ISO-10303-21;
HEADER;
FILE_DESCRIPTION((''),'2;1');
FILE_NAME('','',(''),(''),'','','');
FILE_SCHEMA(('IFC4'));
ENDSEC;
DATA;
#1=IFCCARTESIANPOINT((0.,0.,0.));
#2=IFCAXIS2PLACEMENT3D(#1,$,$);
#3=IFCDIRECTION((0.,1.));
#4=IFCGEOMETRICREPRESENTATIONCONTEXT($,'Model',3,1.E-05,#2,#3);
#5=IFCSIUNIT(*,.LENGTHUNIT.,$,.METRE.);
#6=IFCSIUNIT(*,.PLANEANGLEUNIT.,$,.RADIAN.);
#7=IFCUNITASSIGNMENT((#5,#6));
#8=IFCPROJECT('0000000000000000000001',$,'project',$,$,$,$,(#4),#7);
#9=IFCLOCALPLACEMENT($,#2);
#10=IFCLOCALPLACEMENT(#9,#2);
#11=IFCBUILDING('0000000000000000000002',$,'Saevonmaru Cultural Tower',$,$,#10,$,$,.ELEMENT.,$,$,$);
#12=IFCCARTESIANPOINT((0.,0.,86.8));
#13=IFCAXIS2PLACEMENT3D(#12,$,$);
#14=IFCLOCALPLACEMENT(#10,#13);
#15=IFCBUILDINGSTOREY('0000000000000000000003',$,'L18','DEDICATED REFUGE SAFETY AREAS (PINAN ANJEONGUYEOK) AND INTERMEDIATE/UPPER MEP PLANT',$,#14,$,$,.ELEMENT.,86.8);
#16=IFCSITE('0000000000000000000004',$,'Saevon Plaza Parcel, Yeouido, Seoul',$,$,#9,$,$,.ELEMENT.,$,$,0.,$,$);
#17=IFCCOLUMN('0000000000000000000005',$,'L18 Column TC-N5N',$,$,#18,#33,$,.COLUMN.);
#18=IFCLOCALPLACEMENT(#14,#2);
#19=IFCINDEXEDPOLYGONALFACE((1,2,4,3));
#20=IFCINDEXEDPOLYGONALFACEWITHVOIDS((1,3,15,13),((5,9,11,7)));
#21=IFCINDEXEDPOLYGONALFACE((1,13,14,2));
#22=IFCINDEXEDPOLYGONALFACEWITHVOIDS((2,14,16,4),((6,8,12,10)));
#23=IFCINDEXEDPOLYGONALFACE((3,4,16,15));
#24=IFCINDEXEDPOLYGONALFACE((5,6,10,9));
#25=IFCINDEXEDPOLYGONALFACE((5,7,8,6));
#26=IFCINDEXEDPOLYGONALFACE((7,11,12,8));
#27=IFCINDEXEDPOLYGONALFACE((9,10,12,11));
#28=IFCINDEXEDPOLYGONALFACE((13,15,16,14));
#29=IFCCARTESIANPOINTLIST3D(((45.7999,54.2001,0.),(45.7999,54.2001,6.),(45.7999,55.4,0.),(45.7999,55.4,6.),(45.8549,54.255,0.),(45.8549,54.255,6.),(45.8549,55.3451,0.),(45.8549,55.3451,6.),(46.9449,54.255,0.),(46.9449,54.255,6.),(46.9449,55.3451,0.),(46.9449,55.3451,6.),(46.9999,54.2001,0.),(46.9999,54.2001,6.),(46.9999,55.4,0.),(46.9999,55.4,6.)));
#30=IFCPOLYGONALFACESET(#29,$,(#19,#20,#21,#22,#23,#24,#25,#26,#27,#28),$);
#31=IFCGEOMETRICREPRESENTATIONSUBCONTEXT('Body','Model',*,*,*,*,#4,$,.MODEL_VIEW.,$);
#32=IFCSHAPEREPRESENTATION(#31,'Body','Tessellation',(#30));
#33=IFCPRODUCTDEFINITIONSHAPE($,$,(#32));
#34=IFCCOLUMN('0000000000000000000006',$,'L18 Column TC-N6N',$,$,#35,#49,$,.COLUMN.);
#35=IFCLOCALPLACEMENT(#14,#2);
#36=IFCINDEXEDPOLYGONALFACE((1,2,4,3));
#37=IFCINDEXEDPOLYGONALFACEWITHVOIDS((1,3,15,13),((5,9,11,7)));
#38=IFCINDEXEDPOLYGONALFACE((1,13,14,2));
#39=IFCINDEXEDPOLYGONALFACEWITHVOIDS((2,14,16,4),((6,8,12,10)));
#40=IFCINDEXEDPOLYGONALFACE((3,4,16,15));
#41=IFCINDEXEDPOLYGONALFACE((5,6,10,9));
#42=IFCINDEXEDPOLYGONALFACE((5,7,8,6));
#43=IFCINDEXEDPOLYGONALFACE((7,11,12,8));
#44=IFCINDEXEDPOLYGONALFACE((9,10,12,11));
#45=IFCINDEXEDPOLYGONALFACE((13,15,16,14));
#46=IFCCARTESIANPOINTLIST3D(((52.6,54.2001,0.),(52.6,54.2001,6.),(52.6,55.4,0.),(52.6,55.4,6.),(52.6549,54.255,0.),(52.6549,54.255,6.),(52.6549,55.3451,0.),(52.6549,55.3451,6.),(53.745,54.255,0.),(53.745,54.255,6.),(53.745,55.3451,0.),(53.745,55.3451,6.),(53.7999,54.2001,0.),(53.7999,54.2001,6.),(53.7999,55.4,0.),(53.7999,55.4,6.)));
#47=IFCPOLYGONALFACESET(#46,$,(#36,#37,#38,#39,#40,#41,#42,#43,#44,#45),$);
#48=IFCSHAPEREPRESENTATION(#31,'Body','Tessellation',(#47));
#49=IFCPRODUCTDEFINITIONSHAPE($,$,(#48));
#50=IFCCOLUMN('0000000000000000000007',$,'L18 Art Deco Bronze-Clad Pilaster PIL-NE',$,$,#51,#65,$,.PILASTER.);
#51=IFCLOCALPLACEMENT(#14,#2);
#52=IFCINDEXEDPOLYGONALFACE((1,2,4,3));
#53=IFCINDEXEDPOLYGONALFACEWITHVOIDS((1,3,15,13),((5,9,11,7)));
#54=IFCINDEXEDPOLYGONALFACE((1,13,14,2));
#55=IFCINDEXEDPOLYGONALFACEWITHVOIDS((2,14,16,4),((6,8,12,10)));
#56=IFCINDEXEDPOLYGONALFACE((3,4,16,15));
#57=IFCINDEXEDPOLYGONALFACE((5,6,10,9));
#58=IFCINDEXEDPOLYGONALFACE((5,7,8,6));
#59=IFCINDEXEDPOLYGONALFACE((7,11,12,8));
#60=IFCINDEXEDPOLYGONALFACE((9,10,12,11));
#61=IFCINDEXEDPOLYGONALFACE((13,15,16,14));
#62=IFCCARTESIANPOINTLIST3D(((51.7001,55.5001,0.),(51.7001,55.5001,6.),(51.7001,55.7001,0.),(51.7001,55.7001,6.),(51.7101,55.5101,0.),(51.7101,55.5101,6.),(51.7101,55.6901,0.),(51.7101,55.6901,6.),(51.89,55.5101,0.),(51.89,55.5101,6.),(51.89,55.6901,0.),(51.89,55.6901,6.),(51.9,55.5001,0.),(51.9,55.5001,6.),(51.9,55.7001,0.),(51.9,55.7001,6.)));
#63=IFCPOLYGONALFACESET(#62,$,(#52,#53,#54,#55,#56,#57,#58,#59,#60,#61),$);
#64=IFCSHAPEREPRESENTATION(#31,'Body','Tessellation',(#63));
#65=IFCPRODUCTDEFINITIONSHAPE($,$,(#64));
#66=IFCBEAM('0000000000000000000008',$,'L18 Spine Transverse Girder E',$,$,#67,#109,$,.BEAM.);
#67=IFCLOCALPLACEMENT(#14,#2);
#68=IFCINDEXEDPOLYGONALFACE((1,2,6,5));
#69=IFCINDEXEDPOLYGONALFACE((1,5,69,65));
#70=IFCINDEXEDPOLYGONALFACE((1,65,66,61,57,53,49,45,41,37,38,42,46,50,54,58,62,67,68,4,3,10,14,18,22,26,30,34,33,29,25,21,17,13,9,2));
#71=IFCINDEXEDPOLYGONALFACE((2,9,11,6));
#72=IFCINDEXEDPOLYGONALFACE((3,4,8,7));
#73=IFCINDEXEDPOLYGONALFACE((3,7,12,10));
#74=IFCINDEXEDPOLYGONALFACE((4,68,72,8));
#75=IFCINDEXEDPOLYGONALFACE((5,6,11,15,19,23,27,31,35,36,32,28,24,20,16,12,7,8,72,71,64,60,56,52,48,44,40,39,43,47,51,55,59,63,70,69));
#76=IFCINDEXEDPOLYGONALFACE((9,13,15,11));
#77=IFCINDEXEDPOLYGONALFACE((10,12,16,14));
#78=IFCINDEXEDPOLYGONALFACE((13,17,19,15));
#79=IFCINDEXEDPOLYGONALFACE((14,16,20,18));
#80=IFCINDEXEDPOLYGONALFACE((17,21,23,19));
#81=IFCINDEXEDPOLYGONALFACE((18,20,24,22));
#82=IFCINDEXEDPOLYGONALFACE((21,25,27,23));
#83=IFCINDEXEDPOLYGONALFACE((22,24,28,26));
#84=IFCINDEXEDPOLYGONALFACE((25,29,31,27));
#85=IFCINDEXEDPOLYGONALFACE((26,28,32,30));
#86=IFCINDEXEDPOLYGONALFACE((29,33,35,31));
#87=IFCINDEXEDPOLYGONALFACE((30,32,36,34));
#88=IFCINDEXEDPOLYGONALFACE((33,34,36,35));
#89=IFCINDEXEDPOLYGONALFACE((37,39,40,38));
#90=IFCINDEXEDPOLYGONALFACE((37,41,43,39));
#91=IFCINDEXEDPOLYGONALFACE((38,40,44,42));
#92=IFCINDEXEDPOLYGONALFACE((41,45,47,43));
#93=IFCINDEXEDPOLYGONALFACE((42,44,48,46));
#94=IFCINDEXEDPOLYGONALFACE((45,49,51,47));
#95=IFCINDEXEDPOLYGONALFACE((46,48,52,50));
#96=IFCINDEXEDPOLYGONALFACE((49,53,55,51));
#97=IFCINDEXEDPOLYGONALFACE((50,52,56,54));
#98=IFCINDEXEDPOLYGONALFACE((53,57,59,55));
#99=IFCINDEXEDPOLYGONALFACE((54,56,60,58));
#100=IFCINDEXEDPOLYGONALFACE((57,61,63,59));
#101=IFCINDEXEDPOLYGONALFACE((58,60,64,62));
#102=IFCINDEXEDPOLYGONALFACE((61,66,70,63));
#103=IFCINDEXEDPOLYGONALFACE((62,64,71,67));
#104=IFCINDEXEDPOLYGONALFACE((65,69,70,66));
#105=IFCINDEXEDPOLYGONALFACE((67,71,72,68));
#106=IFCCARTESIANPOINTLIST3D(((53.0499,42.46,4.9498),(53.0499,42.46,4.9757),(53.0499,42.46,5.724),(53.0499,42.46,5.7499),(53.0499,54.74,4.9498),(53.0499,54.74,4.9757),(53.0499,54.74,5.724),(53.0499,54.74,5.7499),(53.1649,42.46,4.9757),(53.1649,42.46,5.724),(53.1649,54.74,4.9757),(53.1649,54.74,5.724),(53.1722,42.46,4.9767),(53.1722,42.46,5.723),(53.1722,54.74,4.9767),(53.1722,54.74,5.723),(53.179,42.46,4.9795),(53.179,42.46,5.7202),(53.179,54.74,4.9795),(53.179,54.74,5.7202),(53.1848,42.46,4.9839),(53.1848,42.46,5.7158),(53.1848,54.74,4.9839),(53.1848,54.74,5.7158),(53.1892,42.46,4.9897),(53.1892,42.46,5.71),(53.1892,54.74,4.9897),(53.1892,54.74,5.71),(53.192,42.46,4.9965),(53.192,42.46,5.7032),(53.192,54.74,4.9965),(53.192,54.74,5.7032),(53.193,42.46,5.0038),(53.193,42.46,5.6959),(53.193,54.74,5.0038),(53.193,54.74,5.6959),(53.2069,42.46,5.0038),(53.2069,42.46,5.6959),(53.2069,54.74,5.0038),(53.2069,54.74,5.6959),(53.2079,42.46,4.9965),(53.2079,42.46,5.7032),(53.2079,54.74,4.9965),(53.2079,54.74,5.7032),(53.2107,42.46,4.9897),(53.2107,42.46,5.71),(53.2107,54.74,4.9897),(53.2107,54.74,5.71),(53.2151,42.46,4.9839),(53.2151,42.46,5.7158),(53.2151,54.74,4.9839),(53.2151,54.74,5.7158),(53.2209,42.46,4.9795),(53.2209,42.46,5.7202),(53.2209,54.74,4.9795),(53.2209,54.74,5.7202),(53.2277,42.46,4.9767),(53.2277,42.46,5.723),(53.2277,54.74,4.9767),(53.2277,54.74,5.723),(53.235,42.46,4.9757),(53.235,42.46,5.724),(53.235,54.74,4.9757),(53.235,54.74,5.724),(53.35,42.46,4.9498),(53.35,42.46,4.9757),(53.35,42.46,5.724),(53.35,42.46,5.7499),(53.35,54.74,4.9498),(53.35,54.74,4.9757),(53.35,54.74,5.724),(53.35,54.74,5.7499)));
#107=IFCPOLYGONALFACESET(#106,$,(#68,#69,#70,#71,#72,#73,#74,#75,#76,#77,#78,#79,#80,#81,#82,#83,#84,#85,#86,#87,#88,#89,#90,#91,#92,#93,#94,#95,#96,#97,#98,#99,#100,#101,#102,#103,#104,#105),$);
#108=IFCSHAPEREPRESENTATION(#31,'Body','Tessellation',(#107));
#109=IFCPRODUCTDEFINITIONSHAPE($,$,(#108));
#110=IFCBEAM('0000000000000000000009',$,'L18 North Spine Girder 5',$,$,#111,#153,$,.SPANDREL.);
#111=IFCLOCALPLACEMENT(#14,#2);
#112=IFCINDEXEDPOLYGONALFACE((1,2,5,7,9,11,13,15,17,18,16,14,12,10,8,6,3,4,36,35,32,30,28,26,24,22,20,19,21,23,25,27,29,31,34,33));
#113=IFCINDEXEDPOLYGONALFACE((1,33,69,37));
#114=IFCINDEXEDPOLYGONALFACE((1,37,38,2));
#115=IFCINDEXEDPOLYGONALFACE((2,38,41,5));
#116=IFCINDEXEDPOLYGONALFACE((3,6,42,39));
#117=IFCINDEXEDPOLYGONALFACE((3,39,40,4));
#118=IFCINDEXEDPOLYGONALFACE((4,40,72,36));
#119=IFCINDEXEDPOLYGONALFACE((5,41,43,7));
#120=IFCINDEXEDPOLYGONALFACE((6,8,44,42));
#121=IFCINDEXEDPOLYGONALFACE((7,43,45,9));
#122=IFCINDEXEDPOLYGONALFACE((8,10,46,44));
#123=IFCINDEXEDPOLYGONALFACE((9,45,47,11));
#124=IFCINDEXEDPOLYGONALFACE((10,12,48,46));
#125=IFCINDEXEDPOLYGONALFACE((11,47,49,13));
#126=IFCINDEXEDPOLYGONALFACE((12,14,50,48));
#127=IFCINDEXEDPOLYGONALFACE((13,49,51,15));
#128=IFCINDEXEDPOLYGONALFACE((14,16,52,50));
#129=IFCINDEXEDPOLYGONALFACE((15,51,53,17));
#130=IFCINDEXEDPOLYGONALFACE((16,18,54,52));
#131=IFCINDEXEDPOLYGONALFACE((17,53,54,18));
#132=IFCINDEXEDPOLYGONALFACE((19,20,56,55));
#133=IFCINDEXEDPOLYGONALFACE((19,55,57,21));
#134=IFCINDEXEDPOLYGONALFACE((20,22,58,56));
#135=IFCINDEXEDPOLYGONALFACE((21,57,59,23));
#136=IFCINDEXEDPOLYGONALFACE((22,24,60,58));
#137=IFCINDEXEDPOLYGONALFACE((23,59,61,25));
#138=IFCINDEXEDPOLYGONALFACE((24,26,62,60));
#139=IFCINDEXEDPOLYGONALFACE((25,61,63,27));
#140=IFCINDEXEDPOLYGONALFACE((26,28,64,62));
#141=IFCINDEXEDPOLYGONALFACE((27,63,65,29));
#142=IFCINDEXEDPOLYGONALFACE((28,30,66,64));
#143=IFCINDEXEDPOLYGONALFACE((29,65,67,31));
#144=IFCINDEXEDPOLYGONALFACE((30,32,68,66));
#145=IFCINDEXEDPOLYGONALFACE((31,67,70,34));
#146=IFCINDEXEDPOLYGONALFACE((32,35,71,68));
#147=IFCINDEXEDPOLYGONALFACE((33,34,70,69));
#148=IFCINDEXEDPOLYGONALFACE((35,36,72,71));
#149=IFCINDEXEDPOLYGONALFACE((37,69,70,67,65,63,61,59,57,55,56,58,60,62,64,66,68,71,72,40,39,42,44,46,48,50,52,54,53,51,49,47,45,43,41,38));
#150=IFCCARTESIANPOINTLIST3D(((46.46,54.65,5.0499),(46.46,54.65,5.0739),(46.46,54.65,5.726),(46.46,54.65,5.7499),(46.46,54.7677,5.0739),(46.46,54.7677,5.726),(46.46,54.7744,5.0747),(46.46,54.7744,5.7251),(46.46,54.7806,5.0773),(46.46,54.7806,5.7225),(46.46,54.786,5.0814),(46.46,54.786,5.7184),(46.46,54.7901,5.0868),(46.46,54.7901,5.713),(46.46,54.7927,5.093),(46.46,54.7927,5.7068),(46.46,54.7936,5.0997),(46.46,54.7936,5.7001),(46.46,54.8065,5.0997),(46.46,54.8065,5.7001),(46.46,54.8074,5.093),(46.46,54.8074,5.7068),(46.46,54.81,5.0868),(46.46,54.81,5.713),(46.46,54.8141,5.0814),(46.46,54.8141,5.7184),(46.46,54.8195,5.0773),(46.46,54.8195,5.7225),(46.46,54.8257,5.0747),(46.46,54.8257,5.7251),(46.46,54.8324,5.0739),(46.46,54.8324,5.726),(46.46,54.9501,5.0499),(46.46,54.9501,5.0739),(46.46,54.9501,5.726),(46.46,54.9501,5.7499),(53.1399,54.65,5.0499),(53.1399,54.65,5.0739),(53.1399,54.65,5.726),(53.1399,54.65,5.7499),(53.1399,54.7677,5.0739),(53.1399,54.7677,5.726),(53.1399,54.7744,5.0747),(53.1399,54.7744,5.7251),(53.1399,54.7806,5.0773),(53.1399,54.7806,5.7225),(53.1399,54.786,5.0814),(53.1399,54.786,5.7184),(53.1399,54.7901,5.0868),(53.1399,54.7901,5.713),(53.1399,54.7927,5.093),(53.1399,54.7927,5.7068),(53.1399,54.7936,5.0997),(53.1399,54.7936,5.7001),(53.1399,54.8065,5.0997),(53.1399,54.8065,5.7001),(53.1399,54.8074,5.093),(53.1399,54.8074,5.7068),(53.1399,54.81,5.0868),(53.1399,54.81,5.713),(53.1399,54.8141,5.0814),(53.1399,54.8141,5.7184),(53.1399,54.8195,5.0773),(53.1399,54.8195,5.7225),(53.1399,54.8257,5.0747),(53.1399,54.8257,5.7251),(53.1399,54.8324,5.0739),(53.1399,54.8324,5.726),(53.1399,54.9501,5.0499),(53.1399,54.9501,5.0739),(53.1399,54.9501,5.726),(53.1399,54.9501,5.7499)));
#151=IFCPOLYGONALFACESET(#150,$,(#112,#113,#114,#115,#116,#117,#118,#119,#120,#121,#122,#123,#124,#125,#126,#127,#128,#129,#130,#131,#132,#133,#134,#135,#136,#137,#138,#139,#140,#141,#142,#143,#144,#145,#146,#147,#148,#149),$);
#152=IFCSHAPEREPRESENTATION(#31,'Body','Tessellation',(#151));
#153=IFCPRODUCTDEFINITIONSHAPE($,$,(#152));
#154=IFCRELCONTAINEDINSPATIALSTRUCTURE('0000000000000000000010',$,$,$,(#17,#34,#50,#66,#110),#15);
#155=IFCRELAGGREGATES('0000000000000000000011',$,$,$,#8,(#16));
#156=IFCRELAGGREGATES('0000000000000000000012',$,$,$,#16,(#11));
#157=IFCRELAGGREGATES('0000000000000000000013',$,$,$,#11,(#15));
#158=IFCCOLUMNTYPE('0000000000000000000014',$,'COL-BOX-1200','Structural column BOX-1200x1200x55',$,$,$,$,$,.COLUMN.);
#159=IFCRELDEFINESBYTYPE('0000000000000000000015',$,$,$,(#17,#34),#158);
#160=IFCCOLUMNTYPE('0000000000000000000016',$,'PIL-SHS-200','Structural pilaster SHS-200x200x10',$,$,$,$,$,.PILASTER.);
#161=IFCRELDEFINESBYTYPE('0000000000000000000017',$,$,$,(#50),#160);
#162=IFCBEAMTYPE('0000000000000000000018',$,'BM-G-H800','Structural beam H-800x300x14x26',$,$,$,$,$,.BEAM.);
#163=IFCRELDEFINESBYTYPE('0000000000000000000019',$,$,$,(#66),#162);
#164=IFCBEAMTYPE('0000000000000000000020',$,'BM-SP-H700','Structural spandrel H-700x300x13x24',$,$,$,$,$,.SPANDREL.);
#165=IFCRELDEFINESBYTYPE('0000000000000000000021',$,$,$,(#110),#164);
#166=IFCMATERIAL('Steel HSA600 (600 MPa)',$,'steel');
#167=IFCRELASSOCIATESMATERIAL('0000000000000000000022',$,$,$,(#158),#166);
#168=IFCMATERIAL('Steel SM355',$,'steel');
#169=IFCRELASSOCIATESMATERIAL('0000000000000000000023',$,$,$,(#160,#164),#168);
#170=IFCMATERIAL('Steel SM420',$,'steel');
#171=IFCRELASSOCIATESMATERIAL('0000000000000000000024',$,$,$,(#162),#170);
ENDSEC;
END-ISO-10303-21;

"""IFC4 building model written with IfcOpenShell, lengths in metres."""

from ifc_helpers import new_model, si_unit, direction, frame, origin, origin_2d, place, context, subcontext, project, spatial, hollow_rectangle, i_section, extrude, material, material_profile, profile_set, type_object, element, save


model = new_model("IFC4")

# Units and contexts
model_context = context("Model", 3, precision=1e-05, world=origin(), true_north=direction((0.0, 1.0)))
body_context = subcontext(model_context, "Body", "Model", "MODEL_VIEW")
ifc_project = project(units=[si_unit("LENGTHUNIT", "METRE"), si_unit("PLANEANGLEUNIT", "RADIAN")], contexts=[model_context])

# Site, building, storey
site_placement = place(None, origin())
site = spatial("IfcSite", under=ifc_project, at=site_placement, Name="Saevon Plaza Parcel, Yeouido, Seoul", CompositionType="ELEMENT", RefElevation=0.0)
building_placement = place(site_placement, origin())
building = spatial("IfcBuilding", under=site, at=building_placement, Name="Saevonmaru Cultural Tower", CompositionType="ELEMENT")
storey_placement = place(building_placement, frame((0.0, 0.0, 86.8)))
storey = spatial("IfcBuildingStorey", under=building, at=storey_placement, Name="L18", Description="DEDICATED REFUGE SAFETY AREAS (PINAN ANJEONGUYEOK) AND INTERMEDIATE/UPPER MEP PLANT", CompositionType="ELEMENT", Elevation=86.8)

# Columns
ifc_material_1 = material(Name="Steel HSA600 (600 MPa)", Category="steel")
ifc_material_profile_1 = material_profile(ifc_material_1, hollow_rectangle(XDim=1.2, YDim=1.2, WallThickness=0.0549, at=origin_2d()), Name="BOX-1200x1200x55")
ifc_profile_set_1 = profile_set([ifc_material_profile_1], Name="Steel HSA600 (600 MPa)")
column_type_1 = type_object("IfcColumnType", Name="COL-BOX-1200", Description="Structural column BOX-1200x1200x55", PredefinedType="COLUMN", material=ifc_profile_set_1)
for number, where, z_axis, x_axis, name in (
    (1, (46.3999, 54.8, 0.0), (0.0, 0.0, 1.0), (1.0, 0.0, 0.0), "L18 Column TC-N5N"),
    (2, (53.2, 54.8, 0.0), (0.0, 0.0, 1.0), (1.0, 0.0, 0.0), "L18 Column TC-N6N"),
):
    element("IfcColumn", number, at=place(storey_placement, frame(where, z_axis=z_axis, x_axis=x_axis)), inside=storey, type_object=column_type_1, Name=name, PredefinedType="COLUMN", context=body_context, shape_type="SweptSolid", body=[
        extrude(hollow_rectangle(XDim=1.2, YDim=1.2, WallThickness=0.0549, at=origin_2d()), origin(), (0.0, 0.0, 1.0), 6.0),
    ])
ifc_material_2 = material(Name="Steel SM355", Category="steel")
ifc_material_profile_2 = material_profile(ifc_material_2, hollow_rectangle(XDim=0.2, YDim=0.2, WallThickness=0.01, at=origin_2d()), Name="SHS-200x200x10")
ifc_profile_set_2 = profile_set([ifc_material_profile_2], Name="Steel SM355")
column_type_2 = type_object("IfcColumnType", Name="PIL-SHS-200", Description="Structural pilaster SHS-200x200x10", PredefinedType="PILASTER", material=ifc_profile_set_2)
column_placement = place(storey_placement, frame((51.8, 55.6001, 0.0), z_axis=(0.0, 0.0, 1.0), x_axis=(1.0, 0.0, 0.0)))
element("IfcColumn", 3, at=column_placement, inside=storey, type_object=column_type_2, Name="L18 Art Deco Bronze-Clad Pilaster PIL-NE", PredefinedType="PILASTER", context=body_context, shape_type="SweptSolid", body=[
    extrude(hollow_rectangle(XDim=0.2, YDim=0.2, WallThickness=0.01, at=origin_2d()), origin(), (0.0, 0.0, 1.0), 6.0),
])

# Beams
ifc_material_3 = material(Name="Steel SM420", Category="steel")
ifc_material_profile_3 = material_profile(ifc_material_3, i_section(OverallWidth=0.3, OverallDepth=0.8, WebThickness=0.0139, FlangeThickness=0.0259, FilletRadius=0.0281, at=origin_2d()), Name="H-800x300x14x26")
ifc_profile_set_3 = profile_set([ifc_material_profile_3], Name="Steel SM420")
beam_type_1 = type_object("IfcBeamType", Name="BM-G-H800", Description="Structural beam H-800x300x14x26", PredefinedType="BEAM", material=ifc_profile_set_3)
beam_1_placement = place(storey_placement, frame((53.2, 54.74, 5.3499), z_axis=(0.0, -1.0, 0.0), x_axis=(1.0, 0.0, 0.0)))
element("IfcBeam", 4, at=beam_1_placement, inside=storey, type_object=beam_type_1, Name="L18 Spine Transverse Girder E", PredefinedType="BEAM", context=body_context, shape_type="SweptSolid", body=[
    extrude(i_section(OverallWidth=0.3, OverallDepth=0.8, WebThickness=0.0139, FlangeThickness=0.0259, FilletRadius=0.0281, at=origin_2d()), origin(), (0.0, 0.0, 1.0), 12.28),
])
ifc_material_profile_4 = material_profile(ifc_material_2, i_section(OverallWidth=0.3, OverallDepth=0.7, WebThickness=0.0129, FlangeThickness=0.0239, FilletRadius=0.0259, at=origin_2d()), Name="H-700x300x13x24")
ifc_profile_set_4 = profile_set([ifc_material_profile_4], Name="Steel SM355")
beam_type_2 = type_object("IfcBeamType", Name="BM-SP-H700", Description="Structural spandrel H-700x300x13x24", PredefinedType="SPANDREL", material=ifc_profile_set_4)
beam_2_placement = place(storey_placement, frame((46.46, 54.8, 5.3999), z_axis=(1.0, 0.0, 0.0), x_axis=(0.0, 1.0, 0.0)))
element("IfcBeam", 5, at=beam_2_placement, inside=storey, type_object=beam_type_2, Name="L18 North Spine Girder 5", PredefinedType="SPANDREL", context=body_context, shape_type="SweptSolid", body=[
    extrude(i_section(OverallWidth=0.3, OverallDepth=0.7, WebThickness=0.0129, FlangeThickness=0.0239, FilletRadius=0.0259, at=origin_2d()), origin(), (0.0, 0.0, 1.0), 6.6799),
])

save(model, "model.ifc")
